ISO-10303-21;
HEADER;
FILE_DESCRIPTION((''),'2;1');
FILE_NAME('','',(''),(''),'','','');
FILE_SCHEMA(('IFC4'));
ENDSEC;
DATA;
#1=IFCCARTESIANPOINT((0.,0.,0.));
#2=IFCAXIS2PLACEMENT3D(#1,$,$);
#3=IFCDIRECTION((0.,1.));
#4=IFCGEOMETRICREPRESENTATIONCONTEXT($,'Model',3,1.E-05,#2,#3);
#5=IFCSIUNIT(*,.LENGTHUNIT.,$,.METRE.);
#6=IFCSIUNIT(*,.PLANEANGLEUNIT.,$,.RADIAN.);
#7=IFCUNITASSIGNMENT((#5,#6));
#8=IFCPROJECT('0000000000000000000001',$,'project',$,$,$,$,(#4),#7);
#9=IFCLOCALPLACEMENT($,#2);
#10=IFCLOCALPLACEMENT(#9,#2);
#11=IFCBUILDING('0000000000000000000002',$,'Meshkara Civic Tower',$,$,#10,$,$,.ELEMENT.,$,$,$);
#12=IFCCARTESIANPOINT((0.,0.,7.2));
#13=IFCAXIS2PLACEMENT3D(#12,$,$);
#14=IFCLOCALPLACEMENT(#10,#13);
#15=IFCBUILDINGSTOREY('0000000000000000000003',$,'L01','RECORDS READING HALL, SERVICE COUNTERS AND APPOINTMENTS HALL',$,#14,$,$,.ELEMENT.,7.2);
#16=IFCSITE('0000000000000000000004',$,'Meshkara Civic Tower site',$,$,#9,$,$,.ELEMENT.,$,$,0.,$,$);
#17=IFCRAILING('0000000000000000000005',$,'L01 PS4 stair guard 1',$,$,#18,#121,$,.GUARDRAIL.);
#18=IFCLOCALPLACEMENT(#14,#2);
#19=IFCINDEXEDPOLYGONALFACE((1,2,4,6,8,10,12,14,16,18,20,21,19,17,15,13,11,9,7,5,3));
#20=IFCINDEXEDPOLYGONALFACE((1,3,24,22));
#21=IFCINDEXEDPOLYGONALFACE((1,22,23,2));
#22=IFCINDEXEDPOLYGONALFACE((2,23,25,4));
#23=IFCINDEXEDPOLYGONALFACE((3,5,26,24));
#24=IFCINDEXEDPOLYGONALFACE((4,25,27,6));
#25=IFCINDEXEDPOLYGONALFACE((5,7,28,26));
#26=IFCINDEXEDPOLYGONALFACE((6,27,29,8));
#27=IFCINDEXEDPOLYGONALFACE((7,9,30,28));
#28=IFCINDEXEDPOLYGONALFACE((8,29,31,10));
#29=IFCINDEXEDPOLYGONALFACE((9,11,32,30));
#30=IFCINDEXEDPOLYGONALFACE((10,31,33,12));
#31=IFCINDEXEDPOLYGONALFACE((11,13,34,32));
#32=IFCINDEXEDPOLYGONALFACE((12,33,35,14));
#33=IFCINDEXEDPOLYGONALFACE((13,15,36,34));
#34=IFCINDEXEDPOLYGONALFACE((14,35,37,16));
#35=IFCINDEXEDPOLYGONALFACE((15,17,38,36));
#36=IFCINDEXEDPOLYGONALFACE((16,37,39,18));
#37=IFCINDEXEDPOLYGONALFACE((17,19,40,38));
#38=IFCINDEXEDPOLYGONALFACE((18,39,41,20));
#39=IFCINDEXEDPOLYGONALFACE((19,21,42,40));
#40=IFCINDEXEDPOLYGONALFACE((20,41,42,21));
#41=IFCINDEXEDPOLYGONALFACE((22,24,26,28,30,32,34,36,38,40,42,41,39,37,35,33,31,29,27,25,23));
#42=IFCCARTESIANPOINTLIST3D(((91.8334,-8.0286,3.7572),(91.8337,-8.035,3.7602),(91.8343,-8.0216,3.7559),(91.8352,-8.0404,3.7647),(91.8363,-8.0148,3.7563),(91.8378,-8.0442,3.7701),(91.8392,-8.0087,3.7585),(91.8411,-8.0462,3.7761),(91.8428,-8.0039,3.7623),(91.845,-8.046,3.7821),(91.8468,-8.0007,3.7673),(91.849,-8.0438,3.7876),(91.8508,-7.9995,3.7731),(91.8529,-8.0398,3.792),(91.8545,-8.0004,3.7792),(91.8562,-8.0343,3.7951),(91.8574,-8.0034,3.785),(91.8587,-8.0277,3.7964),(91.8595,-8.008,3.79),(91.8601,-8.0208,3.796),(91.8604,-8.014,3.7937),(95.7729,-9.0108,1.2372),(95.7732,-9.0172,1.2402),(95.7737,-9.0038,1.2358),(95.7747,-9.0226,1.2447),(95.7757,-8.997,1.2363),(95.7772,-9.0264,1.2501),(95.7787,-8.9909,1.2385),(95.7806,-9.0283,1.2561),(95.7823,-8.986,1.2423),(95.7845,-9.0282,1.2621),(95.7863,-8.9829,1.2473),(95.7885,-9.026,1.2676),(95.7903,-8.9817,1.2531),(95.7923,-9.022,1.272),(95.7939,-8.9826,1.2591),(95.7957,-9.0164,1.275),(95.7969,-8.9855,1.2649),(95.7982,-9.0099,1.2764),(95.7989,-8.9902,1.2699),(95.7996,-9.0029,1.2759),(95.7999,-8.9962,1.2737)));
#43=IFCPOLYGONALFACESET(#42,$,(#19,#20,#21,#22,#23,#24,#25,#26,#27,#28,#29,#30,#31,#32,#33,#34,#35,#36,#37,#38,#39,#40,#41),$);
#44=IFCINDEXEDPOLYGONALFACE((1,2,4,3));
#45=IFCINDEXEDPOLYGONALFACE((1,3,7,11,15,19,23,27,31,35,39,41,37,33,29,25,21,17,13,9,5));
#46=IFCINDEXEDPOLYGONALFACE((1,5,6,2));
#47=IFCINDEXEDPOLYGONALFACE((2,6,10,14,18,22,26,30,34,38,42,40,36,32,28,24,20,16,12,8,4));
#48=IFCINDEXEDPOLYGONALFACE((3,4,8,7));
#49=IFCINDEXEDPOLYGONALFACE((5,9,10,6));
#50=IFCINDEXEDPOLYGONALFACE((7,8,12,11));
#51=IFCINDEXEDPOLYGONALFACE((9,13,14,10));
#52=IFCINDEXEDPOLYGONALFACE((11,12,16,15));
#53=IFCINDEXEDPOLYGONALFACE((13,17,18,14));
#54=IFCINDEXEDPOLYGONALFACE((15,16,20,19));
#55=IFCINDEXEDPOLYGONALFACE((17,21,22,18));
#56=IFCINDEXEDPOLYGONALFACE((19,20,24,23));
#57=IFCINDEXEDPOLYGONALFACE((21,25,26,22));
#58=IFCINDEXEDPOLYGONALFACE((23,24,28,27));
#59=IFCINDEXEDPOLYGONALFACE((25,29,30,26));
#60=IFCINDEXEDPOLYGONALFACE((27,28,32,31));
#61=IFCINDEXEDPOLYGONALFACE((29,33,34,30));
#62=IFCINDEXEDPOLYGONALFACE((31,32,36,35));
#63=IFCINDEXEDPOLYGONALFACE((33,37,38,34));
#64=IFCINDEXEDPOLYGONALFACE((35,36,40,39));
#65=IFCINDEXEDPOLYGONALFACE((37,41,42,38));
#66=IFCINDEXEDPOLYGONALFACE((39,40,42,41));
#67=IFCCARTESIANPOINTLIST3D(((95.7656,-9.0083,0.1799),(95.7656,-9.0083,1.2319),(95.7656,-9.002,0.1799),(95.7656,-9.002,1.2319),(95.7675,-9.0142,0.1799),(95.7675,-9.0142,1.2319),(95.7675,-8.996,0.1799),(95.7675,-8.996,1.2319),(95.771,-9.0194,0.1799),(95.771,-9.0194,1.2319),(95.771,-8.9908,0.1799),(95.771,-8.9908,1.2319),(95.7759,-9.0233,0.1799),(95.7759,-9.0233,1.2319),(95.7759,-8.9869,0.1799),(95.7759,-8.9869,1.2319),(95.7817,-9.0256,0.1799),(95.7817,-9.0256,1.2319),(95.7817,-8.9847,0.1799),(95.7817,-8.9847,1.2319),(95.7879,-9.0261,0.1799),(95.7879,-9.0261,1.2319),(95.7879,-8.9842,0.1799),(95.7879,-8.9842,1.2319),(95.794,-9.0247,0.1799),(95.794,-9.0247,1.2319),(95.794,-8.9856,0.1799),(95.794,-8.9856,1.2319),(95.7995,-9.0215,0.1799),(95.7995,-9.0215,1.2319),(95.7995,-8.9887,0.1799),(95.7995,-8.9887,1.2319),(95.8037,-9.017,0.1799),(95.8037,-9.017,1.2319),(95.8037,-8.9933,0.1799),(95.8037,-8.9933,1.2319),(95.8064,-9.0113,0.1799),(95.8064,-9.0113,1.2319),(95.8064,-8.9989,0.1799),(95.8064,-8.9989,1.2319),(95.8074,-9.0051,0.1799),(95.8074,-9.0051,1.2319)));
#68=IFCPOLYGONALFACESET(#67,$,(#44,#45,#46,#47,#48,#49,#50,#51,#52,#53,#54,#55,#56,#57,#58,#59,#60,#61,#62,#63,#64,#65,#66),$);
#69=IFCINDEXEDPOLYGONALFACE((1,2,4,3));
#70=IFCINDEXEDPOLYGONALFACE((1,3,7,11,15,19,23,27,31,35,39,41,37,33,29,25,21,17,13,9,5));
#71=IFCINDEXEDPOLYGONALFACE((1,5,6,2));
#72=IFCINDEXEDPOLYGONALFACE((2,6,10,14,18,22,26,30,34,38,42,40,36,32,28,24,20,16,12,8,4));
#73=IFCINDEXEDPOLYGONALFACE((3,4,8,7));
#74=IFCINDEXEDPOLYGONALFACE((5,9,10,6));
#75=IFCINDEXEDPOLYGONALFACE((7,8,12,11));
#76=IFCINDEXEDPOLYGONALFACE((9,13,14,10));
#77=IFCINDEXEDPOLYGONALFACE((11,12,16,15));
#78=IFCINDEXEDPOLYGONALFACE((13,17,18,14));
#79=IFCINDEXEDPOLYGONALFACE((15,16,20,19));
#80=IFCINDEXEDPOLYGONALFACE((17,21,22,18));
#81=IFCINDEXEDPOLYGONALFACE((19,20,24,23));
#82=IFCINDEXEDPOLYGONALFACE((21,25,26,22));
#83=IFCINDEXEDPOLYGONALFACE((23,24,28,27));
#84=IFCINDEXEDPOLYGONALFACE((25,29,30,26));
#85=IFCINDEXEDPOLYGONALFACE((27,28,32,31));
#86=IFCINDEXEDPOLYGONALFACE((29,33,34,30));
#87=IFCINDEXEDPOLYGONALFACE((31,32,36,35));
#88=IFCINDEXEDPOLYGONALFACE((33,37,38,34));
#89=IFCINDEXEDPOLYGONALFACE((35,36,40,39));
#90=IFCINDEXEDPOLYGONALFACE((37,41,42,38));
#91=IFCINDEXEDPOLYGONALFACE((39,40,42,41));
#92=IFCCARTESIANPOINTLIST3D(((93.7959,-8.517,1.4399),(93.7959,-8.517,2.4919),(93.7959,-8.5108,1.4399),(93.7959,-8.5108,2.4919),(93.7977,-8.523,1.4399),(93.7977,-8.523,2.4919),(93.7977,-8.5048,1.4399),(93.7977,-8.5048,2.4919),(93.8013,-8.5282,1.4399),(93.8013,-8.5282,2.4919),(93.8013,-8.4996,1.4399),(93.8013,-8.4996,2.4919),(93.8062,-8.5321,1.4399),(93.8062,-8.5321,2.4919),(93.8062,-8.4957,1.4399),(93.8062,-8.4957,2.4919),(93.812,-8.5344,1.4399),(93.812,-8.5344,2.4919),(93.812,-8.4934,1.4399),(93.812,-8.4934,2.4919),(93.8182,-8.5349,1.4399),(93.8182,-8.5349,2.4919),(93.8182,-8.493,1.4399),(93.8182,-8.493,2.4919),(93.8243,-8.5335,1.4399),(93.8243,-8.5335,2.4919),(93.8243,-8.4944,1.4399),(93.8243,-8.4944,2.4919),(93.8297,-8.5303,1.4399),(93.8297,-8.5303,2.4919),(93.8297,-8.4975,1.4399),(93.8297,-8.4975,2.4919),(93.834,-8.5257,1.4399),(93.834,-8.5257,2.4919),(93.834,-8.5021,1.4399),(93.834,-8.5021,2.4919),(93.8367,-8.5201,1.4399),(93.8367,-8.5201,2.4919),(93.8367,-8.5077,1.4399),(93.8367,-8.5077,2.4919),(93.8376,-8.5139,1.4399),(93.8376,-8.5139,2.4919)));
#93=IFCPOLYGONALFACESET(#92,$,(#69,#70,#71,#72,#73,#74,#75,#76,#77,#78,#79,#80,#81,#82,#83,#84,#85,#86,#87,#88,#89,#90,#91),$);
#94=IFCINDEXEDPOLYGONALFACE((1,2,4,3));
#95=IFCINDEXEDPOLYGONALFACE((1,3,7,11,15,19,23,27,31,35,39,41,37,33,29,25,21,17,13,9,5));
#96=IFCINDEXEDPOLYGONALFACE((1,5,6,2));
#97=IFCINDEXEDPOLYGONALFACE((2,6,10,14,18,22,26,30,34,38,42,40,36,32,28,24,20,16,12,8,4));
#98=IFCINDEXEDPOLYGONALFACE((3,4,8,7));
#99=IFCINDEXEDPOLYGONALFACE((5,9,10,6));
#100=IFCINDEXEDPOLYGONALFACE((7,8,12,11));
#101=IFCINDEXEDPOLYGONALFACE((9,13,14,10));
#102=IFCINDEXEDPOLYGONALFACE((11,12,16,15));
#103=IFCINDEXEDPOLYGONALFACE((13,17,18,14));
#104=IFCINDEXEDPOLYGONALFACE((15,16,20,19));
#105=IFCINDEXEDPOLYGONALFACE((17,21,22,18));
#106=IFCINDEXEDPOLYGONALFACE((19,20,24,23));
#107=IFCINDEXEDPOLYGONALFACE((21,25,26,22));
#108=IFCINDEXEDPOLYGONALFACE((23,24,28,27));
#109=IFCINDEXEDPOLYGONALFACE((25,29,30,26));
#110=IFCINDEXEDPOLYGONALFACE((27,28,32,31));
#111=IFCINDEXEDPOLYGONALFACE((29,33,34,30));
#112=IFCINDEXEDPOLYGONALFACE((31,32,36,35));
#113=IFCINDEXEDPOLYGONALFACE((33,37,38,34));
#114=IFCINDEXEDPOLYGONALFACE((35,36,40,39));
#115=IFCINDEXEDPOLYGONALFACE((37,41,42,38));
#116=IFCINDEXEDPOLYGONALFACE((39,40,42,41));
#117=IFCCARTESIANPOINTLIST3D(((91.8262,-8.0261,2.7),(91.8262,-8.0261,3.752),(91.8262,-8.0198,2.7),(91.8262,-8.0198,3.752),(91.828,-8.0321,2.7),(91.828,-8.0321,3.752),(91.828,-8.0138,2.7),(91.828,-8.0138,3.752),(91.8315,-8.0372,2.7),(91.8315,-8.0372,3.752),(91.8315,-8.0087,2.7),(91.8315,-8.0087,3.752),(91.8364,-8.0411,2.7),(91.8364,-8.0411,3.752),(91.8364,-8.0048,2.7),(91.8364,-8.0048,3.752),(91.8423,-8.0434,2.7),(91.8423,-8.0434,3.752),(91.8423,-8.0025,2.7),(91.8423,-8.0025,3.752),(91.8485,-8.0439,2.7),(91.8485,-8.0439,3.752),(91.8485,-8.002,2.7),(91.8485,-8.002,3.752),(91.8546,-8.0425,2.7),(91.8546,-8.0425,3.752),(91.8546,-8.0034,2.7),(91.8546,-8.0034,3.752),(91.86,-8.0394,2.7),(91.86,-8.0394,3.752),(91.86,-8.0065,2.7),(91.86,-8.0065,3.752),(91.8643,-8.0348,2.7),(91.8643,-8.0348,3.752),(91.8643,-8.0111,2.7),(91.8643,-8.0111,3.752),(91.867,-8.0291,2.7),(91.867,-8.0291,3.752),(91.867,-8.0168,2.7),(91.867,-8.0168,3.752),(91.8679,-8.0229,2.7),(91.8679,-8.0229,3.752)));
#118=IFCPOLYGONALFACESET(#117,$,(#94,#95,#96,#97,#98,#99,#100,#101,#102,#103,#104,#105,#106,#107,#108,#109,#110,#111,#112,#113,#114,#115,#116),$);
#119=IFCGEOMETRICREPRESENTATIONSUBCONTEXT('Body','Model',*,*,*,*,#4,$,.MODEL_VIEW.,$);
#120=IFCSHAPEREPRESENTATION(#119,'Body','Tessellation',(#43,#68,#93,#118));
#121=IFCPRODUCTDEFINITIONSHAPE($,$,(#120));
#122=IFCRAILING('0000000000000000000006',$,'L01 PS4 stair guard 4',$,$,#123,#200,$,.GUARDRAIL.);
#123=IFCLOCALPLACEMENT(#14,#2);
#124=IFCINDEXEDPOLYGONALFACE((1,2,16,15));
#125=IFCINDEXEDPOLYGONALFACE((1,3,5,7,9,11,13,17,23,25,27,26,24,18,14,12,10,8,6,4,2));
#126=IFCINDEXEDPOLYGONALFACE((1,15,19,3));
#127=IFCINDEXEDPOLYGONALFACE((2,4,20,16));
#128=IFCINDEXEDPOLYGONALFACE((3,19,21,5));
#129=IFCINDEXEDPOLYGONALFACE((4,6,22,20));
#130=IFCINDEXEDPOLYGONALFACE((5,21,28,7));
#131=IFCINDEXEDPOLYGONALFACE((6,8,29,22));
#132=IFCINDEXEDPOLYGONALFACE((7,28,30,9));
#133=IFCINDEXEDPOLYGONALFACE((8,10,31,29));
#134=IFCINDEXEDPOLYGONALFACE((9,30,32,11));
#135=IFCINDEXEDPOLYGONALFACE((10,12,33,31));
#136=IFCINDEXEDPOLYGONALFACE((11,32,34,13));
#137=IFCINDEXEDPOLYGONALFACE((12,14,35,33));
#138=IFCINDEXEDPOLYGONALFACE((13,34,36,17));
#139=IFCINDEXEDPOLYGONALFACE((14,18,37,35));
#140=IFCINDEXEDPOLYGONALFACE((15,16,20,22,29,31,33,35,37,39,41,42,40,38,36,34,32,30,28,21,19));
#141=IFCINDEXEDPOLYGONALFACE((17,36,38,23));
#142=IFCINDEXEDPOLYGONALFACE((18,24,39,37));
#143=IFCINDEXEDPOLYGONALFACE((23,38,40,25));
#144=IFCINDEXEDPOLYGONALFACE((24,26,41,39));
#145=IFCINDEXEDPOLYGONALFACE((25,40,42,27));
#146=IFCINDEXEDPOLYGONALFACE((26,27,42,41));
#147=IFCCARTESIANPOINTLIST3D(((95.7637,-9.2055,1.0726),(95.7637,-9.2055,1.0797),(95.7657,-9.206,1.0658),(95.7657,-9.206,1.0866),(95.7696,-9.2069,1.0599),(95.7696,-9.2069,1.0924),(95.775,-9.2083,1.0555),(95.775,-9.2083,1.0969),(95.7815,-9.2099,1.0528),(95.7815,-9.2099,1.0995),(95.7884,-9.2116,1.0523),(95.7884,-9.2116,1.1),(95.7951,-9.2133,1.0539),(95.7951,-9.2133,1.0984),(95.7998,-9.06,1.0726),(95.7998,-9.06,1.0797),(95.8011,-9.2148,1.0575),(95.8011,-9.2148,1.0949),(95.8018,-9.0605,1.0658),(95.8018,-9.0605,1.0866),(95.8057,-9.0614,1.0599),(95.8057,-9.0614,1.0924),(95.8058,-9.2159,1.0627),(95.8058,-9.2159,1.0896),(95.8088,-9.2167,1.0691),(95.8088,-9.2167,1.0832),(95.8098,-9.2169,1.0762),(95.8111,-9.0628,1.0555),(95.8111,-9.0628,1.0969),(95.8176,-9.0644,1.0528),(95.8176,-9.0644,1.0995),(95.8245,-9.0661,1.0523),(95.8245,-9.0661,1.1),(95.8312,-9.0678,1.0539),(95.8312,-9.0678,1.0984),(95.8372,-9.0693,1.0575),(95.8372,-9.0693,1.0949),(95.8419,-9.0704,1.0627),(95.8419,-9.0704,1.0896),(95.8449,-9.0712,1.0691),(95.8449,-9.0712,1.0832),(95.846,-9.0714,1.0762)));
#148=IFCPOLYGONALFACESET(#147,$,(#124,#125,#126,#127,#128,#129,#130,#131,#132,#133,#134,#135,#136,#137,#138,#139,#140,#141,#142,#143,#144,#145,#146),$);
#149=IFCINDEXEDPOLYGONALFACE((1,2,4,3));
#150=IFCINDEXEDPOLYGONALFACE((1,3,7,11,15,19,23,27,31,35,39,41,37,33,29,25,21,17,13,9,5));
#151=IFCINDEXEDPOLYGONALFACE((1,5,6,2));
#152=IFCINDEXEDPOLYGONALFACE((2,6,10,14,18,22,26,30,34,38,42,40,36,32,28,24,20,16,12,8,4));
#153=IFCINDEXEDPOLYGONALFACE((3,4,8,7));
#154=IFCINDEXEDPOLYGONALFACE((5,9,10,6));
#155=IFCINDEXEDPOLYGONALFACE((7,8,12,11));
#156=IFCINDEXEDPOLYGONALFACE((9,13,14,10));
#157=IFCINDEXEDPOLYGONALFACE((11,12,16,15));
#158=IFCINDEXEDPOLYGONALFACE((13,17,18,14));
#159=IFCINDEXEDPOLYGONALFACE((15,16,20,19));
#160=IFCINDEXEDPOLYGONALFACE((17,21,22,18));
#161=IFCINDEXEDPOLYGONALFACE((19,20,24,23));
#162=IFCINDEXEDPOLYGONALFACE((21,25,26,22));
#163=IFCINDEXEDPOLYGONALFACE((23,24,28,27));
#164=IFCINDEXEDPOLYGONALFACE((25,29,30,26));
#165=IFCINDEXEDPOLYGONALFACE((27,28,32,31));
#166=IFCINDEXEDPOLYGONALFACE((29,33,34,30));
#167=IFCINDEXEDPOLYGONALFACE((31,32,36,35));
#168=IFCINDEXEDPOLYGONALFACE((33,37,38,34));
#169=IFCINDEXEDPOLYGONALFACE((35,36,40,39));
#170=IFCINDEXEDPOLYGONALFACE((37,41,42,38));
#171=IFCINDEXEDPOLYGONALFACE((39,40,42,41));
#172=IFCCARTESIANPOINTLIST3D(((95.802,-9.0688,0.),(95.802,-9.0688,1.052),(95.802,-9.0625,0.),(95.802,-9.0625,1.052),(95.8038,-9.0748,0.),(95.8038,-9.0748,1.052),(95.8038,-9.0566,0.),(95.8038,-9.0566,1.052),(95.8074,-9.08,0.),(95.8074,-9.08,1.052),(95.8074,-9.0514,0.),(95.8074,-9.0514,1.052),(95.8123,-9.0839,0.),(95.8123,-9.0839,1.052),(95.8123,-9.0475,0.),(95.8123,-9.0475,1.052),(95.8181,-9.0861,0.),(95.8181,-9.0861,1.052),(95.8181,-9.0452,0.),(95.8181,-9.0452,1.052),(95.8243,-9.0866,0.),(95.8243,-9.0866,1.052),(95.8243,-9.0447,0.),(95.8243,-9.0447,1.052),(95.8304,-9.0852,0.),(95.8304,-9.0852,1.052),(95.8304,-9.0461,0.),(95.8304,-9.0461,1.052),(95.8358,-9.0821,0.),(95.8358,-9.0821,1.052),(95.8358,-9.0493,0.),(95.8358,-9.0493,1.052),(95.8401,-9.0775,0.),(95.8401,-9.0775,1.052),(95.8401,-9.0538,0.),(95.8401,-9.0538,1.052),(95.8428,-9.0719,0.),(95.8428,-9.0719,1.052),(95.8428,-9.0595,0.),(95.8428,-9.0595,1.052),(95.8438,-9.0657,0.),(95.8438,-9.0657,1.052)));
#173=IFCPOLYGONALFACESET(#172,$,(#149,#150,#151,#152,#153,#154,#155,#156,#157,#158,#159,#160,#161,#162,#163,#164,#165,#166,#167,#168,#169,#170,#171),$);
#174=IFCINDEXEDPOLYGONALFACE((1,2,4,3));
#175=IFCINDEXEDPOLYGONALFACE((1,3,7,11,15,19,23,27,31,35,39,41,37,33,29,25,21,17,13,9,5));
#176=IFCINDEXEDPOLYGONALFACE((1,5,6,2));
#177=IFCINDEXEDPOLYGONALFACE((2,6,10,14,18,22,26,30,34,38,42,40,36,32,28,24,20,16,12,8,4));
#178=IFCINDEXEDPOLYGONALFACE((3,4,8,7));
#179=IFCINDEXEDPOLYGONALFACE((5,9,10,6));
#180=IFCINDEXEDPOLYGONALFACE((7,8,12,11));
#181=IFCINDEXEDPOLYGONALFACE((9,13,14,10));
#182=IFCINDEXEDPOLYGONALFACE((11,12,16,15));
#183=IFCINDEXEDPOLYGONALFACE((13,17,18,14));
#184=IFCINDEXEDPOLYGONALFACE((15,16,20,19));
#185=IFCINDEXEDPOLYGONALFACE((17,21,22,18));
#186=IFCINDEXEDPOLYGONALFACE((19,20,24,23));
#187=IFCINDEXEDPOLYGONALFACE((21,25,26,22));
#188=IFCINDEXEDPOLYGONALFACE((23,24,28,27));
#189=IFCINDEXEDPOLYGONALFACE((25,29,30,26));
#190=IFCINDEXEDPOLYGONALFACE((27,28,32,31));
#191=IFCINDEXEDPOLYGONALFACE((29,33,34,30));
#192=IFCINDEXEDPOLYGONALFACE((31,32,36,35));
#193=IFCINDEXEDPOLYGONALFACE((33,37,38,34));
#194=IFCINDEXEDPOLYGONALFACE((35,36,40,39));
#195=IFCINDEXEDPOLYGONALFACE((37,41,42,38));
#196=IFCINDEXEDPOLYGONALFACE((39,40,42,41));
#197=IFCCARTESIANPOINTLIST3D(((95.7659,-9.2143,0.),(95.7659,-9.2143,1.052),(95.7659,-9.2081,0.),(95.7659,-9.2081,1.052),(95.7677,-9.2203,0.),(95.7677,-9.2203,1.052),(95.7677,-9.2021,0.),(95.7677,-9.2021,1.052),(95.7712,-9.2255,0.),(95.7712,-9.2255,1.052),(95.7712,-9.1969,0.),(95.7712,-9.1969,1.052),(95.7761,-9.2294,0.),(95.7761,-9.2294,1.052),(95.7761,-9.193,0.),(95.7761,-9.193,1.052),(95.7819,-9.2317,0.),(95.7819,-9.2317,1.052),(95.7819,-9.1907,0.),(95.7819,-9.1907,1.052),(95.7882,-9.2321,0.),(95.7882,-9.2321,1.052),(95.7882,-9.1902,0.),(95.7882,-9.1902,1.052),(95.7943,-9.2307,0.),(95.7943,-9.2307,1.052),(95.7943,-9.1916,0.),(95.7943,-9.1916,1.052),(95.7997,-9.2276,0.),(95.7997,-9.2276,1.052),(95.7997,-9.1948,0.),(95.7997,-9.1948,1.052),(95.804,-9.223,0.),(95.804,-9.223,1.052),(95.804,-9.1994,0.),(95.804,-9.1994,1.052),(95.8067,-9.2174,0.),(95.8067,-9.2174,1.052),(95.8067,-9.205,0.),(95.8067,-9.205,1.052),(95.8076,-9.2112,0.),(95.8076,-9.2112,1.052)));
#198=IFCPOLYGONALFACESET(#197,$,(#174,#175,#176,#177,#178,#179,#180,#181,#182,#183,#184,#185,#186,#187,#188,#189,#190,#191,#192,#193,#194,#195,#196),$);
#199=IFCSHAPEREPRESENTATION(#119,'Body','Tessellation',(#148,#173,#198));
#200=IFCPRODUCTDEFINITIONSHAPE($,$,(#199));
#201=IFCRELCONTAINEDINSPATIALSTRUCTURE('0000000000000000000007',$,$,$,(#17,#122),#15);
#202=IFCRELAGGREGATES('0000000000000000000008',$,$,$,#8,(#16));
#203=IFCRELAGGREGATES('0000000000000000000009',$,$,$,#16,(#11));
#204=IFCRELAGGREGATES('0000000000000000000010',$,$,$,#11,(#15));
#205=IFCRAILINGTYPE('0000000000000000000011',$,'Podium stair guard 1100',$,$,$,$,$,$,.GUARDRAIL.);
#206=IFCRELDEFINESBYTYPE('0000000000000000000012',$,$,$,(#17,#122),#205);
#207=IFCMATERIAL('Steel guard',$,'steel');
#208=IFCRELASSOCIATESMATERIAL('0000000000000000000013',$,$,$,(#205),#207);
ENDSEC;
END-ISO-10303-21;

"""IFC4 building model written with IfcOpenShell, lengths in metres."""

from ifc_helpers import new_model, si_unit, direction, frame, origin, origin_2d, place, context, subcontext, project, spatial, circle, extrude, material, type_object, element, save


model = new_model("IFC4")

# Units and contexts
model_context = context("Model", 3, precision=1e-05, world=origin(), true_north=direction((0.0, 1.0)))
body_context = subcontext(model_context, "Body", "Model", "MODEL_VIEW")
ifc_project = project(units=[si_unit("LENGTHUNIT", "METRE"), si_unit("PLANEANGLEUNIT", "RADIAN")], contexts=[model_context])

# Site, building, storey
site_placement = place(None, origin())
site = spatial("IfcSite", under=ifc_project, at=site_placement, Name="Meshkara Civic Tower site", CompositionType="ELEMENT", RefElevation=0.0)
building_placement = place(site_placement, origin())
building = spatial("IfcBuilding", under=site, at=building_placement, Name="Meshkara Civic Tower", CompositionType="ELEMENT")
storey_placement = place(building_placement, frame((0.0, 0.0, 7.2)))
storey = spatial("IfcBuildingStorey", under=building, at=storey_placement, Name="L01", Description="RECORDS READING HALL, SERVICE COUNTERS AND APPOINTMENTS HALL", CompositionType="ELEMENT", Elevation=7.2)

# Railings
ifc_material_1 = material(Name="Steel guard", Category="steel")
railing_type_1 = type_object("IfcRailingType", Name="Podium stair guard 1100", PredefinedType="GUARDRAIL", material=ifc_material_1)
railing_1_placement = place(storey_placement, frame((95.7864, -9.0051, 0.1799)))
element("IfcRailing", 1, at=railing_1_placement, inside=storey, type_object=railing_type_1, Name="L01 PS4 stair guard 1", PredefinedType="GUARDRAIL", context=body_context, shape_type="SweptSolid", body=[
    extrude(circle(Radius=0.0239, at=origin_2d()), frame((0.0, 0.0, 1.0762), z_axis=(-0.824405, 0.205539, 0.527362), x_axis=(-0.241913, -0.970298, 0.0)), (0.0, 0.0, 1.0), 4.7786),
    extrude(circle(Radius=0.021, at=origin_2d()), origin(), (0.0, 0.0, 1.0), 1.052),
    extrude(circle(Radius=0.021, at=origin_2d()), frame((-1.9697, 0.4912, 1.26)), (0.0, 0.0, 1.0), 1.052),
    extrude(circle(Radius=0.021, at=origin_2d()), frame((-3.9395, 0.9822, 2.52)), (0.0, 0.0, 1.0), 1.052),
])
railing_2_placement = place(storey_placement, frame((95.8228, -9.0657, 0.0)))
element("IfcRailing", 2, at=railing_2_placement, inside=storey, type_object=railing_type_1, Name="L01 PS4 stair guard 4", PredefinedType="GUARDRAIL", context=body_context, shape_type="SweptSolid", body=[
    extrude(circle(Radius=0.0239, at=origin_2d()), frame((0.0, 0.0, 1.0762), z_axis=(-0.241003, -0.970524, 0.0), x_axis=(0.970524, -0.241003, 0.0)), (0.0, 0.0, 1.0), 0.1499),
    extrude(circle(Radius=0.021, at=origin_2d()), origin(), (0.0, 0.0, 1.0), 1.052),
    extrude(circle(Radius=0.021, at=origin_2d()), frame((-0.0361, -0.1455, 0.0)), (0.0, 0.0, 1.0), 1.052),
])

save(model, "model.ifc")
